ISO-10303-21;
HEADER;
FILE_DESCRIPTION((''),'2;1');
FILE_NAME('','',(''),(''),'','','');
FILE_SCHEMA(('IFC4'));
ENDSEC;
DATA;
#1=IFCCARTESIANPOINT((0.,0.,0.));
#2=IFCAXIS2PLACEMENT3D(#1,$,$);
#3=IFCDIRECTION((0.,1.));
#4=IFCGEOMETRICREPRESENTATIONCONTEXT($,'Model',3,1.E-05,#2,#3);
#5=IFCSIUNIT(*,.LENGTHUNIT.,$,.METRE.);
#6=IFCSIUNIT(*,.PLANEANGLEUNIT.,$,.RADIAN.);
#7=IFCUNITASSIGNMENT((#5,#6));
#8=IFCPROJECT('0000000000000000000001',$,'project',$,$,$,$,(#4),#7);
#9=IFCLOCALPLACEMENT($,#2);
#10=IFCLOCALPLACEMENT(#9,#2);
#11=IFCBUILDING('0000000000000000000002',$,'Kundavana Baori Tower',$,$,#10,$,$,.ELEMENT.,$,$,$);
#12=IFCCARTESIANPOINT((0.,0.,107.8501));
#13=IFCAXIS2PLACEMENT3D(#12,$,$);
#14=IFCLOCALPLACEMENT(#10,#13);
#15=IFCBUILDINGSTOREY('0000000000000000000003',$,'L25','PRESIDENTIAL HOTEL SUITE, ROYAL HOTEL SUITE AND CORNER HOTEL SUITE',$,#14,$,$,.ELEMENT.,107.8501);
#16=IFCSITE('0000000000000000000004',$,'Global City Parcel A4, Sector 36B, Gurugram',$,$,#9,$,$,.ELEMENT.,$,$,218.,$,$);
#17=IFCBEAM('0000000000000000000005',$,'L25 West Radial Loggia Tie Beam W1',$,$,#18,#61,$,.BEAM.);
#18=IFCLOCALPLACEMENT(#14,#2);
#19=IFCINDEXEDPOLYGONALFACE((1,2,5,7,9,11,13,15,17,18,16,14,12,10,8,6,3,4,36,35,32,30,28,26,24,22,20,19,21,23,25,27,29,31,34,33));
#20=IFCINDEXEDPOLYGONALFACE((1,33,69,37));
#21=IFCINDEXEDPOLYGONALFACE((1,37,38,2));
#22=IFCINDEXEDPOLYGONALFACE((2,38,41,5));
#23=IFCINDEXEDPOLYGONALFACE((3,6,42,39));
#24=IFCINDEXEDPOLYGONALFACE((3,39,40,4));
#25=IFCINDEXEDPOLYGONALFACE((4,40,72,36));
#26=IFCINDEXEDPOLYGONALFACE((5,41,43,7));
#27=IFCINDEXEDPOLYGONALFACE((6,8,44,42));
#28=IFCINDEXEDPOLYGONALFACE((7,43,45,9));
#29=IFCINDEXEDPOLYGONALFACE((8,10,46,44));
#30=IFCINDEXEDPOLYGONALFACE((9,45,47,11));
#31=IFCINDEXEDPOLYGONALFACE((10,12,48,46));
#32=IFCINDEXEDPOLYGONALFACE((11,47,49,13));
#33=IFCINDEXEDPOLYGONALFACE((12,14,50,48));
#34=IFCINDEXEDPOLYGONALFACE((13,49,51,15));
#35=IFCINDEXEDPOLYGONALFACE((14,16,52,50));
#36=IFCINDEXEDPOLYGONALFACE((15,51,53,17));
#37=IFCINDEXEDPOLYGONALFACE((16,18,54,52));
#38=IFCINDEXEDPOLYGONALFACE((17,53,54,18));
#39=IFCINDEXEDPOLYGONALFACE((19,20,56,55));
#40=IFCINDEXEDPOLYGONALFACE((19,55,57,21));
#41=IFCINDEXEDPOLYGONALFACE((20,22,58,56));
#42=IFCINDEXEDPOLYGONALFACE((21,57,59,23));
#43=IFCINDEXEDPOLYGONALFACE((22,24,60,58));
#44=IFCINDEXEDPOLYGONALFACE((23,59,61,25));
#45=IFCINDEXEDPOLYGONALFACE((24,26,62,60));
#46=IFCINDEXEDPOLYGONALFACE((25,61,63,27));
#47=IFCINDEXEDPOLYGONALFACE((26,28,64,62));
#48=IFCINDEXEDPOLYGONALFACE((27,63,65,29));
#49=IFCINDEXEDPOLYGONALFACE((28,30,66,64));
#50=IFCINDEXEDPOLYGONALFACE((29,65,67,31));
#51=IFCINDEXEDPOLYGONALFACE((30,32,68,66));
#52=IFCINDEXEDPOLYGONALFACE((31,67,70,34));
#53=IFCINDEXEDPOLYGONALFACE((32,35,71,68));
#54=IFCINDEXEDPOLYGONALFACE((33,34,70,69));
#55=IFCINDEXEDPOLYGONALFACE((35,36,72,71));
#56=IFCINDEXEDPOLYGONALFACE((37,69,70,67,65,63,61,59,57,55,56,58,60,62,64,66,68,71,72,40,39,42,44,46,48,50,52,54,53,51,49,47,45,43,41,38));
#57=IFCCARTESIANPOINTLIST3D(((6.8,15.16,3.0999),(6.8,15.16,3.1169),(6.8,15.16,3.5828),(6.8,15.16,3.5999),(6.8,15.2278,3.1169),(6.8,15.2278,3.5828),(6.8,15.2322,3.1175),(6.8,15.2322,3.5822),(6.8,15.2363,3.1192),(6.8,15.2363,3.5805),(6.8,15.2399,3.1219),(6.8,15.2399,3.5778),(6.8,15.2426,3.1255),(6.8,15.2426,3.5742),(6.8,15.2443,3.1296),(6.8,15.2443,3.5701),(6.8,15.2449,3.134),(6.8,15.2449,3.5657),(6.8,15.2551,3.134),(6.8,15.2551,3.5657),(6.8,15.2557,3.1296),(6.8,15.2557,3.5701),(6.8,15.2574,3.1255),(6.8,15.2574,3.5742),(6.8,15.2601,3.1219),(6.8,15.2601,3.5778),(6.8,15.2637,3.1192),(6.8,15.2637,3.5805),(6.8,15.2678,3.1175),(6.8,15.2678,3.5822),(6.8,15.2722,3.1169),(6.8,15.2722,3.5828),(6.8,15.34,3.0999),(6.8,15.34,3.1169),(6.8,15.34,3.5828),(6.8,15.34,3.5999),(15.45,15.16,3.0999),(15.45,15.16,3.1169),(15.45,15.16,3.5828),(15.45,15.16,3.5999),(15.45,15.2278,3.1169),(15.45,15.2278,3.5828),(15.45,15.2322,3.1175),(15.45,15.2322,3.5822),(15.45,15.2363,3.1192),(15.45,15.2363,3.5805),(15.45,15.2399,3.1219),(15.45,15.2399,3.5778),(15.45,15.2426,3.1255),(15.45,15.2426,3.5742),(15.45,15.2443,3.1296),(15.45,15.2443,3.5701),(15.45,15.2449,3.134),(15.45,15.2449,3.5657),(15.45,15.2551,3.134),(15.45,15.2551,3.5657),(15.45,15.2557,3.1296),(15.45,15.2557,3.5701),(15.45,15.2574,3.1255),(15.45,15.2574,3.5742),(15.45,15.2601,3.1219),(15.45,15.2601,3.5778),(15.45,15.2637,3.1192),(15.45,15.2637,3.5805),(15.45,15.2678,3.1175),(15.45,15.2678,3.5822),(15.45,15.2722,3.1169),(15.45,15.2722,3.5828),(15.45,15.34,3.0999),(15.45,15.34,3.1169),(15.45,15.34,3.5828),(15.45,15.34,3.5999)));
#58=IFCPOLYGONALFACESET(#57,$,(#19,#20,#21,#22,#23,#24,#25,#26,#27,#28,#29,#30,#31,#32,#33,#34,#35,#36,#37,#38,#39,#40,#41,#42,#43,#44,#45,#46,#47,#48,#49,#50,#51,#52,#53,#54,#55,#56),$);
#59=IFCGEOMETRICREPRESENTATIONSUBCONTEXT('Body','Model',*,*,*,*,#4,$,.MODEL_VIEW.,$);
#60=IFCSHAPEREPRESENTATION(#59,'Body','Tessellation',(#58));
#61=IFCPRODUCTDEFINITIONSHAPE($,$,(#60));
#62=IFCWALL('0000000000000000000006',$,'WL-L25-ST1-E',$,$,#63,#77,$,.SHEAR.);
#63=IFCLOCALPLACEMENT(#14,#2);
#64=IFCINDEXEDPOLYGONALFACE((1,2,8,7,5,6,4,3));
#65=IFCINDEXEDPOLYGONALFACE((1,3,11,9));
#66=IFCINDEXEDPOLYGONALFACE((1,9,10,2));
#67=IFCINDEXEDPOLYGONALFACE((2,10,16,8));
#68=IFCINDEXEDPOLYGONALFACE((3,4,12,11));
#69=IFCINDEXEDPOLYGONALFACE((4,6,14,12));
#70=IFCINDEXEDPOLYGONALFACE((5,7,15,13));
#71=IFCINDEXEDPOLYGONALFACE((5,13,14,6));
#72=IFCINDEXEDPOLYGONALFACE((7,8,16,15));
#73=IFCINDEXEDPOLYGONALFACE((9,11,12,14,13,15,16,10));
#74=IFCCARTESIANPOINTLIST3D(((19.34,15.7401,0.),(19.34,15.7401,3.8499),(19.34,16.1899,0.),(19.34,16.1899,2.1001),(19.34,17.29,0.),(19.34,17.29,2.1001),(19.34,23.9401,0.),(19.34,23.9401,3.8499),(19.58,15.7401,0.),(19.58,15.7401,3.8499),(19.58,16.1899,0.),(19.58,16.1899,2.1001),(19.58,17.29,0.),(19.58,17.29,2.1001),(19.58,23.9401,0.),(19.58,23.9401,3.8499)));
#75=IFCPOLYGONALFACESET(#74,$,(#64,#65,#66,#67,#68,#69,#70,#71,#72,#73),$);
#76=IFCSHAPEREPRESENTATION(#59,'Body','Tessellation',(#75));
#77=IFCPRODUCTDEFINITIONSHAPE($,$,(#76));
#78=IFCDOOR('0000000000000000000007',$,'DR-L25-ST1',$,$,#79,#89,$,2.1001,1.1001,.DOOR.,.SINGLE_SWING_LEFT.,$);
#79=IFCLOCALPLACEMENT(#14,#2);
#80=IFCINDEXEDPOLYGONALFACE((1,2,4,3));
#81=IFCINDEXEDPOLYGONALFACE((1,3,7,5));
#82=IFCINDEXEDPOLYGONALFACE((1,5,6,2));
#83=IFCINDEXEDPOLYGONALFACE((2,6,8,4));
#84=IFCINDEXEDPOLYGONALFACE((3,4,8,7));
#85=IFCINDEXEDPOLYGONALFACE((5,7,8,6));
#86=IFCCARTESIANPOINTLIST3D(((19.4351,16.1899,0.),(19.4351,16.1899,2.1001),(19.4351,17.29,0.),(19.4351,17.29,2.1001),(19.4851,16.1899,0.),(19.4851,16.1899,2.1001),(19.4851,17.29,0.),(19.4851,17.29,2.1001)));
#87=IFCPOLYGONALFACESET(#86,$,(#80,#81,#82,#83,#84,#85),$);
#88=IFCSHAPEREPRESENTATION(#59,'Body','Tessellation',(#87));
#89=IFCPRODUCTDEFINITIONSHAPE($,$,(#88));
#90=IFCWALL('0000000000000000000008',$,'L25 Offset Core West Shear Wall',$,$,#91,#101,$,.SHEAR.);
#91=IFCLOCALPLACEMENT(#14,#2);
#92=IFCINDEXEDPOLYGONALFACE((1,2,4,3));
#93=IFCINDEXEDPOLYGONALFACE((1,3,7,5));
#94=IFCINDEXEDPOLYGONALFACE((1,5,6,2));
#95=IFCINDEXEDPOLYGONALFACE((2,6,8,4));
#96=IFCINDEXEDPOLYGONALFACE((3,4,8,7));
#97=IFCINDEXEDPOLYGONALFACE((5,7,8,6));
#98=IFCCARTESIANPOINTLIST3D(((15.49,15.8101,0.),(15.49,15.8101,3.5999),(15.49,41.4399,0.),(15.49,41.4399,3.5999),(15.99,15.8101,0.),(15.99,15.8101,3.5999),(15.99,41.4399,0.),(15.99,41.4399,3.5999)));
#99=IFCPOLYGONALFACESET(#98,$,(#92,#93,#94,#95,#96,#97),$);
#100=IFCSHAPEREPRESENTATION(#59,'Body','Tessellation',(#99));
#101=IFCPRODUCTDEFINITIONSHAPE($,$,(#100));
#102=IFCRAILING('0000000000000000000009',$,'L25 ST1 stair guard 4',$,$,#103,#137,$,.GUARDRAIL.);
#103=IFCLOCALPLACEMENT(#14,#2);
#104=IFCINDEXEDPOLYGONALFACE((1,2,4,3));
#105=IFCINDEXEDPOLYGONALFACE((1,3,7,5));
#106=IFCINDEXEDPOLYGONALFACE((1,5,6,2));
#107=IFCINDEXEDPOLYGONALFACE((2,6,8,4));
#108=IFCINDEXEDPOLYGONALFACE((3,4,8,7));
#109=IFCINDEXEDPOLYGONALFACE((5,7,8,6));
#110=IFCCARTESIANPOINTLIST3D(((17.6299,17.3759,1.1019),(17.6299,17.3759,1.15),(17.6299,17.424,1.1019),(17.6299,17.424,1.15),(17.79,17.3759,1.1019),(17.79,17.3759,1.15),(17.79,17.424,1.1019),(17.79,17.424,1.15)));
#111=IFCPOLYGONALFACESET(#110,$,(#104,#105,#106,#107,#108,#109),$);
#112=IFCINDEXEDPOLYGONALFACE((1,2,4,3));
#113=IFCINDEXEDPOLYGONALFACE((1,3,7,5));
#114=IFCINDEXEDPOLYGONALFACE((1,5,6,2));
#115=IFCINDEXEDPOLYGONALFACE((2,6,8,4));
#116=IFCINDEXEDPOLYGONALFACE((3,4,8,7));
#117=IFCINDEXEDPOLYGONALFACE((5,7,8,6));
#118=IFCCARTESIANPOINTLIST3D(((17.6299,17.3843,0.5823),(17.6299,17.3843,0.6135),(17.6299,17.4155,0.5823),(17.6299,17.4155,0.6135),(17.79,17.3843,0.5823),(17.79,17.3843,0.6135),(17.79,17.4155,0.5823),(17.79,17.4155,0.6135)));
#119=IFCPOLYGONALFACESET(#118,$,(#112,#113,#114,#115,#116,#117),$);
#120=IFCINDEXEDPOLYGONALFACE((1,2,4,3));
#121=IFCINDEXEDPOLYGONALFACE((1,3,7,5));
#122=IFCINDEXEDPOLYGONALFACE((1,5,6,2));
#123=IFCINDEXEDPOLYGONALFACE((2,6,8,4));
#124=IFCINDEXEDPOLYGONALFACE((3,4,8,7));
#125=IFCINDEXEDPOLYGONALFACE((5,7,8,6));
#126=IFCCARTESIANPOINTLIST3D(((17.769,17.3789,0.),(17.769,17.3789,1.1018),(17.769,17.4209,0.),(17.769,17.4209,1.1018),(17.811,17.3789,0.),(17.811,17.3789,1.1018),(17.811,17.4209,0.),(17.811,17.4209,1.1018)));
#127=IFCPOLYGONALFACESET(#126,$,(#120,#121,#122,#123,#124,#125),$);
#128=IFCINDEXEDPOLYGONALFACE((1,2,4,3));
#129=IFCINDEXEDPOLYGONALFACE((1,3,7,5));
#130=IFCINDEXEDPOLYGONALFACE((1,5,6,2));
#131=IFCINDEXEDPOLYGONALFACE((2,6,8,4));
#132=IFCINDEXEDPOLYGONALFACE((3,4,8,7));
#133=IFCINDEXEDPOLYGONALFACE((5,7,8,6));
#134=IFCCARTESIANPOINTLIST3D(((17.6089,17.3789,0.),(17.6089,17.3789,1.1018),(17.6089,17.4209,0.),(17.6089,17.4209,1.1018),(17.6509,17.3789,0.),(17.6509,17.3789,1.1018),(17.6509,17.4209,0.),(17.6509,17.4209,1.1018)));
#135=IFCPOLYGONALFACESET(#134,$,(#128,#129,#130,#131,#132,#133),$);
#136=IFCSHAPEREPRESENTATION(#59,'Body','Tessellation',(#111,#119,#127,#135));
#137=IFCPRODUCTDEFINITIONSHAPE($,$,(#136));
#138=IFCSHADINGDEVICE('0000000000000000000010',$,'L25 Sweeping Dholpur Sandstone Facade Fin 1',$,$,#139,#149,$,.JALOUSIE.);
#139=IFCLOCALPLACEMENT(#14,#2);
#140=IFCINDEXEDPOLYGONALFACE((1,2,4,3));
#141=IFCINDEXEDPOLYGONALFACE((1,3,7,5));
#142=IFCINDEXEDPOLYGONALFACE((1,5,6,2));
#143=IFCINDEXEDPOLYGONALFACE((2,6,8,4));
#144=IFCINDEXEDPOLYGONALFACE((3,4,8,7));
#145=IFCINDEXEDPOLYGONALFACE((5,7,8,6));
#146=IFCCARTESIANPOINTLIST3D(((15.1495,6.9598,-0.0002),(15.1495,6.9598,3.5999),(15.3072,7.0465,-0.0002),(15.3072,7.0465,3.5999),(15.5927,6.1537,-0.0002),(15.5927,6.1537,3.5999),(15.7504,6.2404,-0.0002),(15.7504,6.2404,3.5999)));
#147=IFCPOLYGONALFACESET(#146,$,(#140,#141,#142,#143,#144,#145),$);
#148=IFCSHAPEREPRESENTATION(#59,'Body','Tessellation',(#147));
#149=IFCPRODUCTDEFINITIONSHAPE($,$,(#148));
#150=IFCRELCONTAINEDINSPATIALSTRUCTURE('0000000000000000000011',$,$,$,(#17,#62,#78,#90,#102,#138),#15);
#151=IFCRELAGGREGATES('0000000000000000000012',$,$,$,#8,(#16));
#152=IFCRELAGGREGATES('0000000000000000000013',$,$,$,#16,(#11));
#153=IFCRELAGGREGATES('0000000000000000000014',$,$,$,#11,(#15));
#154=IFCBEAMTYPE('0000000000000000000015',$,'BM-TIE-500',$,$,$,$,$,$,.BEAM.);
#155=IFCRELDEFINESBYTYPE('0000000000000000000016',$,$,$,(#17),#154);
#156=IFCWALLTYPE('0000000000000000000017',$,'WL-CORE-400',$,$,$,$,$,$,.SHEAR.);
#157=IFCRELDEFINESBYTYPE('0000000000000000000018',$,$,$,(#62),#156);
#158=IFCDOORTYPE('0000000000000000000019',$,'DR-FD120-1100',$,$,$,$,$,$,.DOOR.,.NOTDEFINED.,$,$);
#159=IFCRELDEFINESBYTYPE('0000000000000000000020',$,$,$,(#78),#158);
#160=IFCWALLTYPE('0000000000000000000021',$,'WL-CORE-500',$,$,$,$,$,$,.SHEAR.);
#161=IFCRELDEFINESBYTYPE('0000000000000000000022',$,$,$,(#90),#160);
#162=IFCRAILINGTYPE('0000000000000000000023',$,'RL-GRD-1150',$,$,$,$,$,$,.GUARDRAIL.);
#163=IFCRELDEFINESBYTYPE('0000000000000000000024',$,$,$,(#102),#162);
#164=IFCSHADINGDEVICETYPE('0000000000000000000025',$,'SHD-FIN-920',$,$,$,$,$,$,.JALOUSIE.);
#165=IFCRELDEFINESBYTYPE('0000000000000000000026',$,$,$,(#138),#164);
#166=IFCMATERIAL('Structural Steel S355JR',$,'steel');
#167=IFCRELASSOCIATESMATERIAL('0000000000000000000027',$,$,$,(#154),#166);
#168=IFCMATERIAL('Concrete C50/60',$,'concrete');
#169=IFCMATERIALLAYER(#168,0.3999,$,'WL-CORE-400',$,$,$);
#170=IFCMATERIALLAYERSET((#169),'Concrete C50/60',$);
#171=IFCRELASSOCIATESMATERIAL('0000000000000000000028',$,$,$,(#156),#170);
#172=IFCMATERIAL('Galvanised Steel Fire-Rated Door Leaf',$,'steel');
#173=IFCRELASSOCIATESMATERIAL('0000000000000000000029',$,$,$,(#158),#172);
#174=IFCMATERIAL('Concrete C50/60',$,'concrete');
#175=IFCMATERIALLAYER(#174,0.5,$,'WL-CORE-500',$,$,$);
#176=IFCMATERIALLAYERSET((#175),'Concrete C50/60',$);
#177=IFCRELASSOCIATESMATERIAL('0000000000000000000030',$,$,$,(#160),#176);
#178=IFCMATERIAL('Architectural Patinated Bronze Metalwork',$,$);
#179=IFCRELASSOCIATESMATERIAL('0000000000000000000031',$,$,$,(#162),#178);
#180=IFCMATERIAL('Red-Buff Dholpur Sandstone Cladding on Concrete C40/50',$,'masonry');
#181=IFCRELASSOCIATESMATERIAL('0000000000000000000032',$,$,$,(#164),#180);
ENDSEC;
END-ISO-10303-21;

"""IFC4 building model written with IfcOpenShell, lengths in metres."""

from ifc_helpers import new_model, si_unit, direction, frame, frame_2d, origin, origin_2d, place, context, subcontext, project, spatial, rectangle, i_section, extrude, material, layer, layer_set, material_profile, profile_set, type_object, element, fill, save


model = new_model("IFC4")

# Units and contexts
model_context = context("Model", 3, precision=1e-05, world=origin(), true_north=direction((0.0, 1.0)))
body_context = subcontext(model_context, "Body", "Model", "MODEL_VIEW")
ifc_project = project(units=[si_unit("LENGTHUNIT", "METRE"), si_unit("PLANEANGLEUNIT", "RADIAN")], contexts=[model_context])

# Site, building, storey
site_placement = place(None, origin())
site = spatial("IfcSite", under=ifc_project, at=site_placement, Name="Global City Parcel A4, Sector 36B, Gurugram", CompositionType="ELEMENT", RefElevation=218.0)
building_placement = place(site_placement, origin())
building = spatial("IfcBuilding", under=site, at=building_placement, Name="Kundavana Baori Tower", CompositionType="ELEMENT")
storey_placement = place(building_placement, frame((0.0, 0.0, 107.8501)))
storey = spatial("IfcBuildingStorey", under=building, at=storey_placement, Name="L25", Description="PRESIDENTIAL HOTEL SUITE, ROYAL HOTEL SUITE AND CORNER HOTEL SUITE", CompositionType="ELEMENT", Elevation=107.8501)

# Beam
ifc_material_1 = material(Name="Structural Steel S355JR", Category="steel")
ifc_material_profile_1 = material_profile(ifc_material_1, i_section(OverallWidth=0.1799, OverallDepth=0.5, WebThickness=0.0103, FlangeThickness=0.0171, FilletRadius=0.0171, at=origin_2d()), Name="ISMB 500")
ifc_profile_set_1 = profile_set([ifc_material_profile_1], Name="Structural Steel S355JR")
beam_type_1 = type_object("IfcBeamType", Name="BM-TIE-500", PredefinedType="BEAM", material=ifc_profile_set_1)
for number, where, z_axis, x_axis, name in (
    (1, (15.45, 15.25, 3.3499), (-1.0, 0.0, 0.0), (0.0, -1.0, 0.0), "L25 West Radial Loggia Tie Beam W1"),
):
    element("IfcBeam", number, at=place(storey_placement, frame(where, z_axis=z_axis, x_axis=x_axis)), inside=storey, type_object=beam_type_1, Name=name, PredefinedType="BEAM", context=body_context, shape_type="SweptSolid", body=[
        extrude(i_section(OverallWidth=0.1799, OverallDepth=0.5, WebThickness=0.0103, FlangeThickness=0.0171, FilletRadius=0.0171, at=origin_2d()), origin(), (0.0, 0.0, 1.0), 8.6499),
    ])

# Wall, opening, door
ifc_material_2 = material(Name="Concrete C50/60", Category="concrete")
ifc_layer_1 = layer(ifc_material_2, 0.3999, Name="WL-CORE-400")
ifc_layer_set_1 = layer_set([ifc_layer_1], Name="Concrete C50/60")
wall_type_1 = type_object("IfcWallType", Name="WL-CORE-400", PredefinedType="SHEAR", material=ifc_layer_set_1)
wall_1_placement = place(storey_placement, frame((19.46, 15.74, 0.0), z_axis=(0.0, 0.0, 1.0), x_axis=(0.0, 1.0, 0.0)))
wall_1 = element("IfcWall", 2, at=wall_1_placement, inside=storey, type_object=wall_type_1, Name="WL-L25-ST1-E", PredefinedType="SHEAR", context=body_context, shape_type="SweptSolid", body=[
    extrude(rectangle(XDim=8.2, YDim=0.24, at=frame_2d((4.1001, 0.0))), origin(), (0.0, 0.0, 1.0), 3.8499),
])
opening_1_placement = place(wall_1_placement, frame((0.45, 0.0, 0.0)))
opening_1 = element("IfcOpeningElement", 3, at=opening_1_placement, cuts=wall_1, PredefinedType="OPENING", context=body_context, shape_type="SweptSolid", body=[
    extrude(rectangle(XDim=1.1001, YDim=2.1001, at=frame_2d((0.55, 1.05))), frame((0.0, 0.1299, 0.0), z_axis=(0.0, -1.0, 0.0), x_axis=(1.0, 0.0, 0.0)), (0.0, 0.0, 1.0), 0.26),
])
ifc_material_3 = material(Name="Galvanised Steel Fire-Rated Door Leaf", Category="steel")
door_type_1 = type_object("IfcDoorType", Name="DR-FD120-1100", OperationType="NOTDEFINED", PredefinedType="DOOR", material=ifc_material_3)
door_1_placement = place(opening_1_placement, origin())
door_1 = element("IfcDoor", 4, at=door_1_placement, inside=storey, type_object=door_type_1, Name="DR-L25-ST1", OperationType="SINGLE_SWING_LEFT", OverallHeight=2.1001, OverallWidth=1.1001, PredefinedType="DOOR", context=body_context, shape_type="SweptSolid", body=[
    extrude(rectangle(XDim=1.1001, YDim=2.1001, at=frame_2d((0.55, 1.05))), frame((0.0, 0.0249, 0.0), z_axis=(0.0, -1.0, 0.0), x_axis=(1.0, 0.0, 0.0)), (0.0, 0.0, 1.0), 0.05),
])
fill(opening_1, door_1)

# Wall
ifc_material_4 = material(Name="Concrete C50/60", Category="concrete")
ifc_layer_2 = layer(ifc_material_4, 0.5, Name="WL-CORE-500")
ifc_layer_set_2 = layer_set([ifc_layer_2], Name="Concrete C50/60")
wall_type_2 = type_object("IfcWallType", Name="WL-CORE-500", PredefinedType="SHEAR", material=ifc_layer_set_2)
wall_2_placement = place(storey_placement, frame((15.74, 15.8101, 0.0), z_axis=(0.0, 0.0, 1.0), x_axis=(0.0, 1.0, 0.0)))
element("IfcWall", 5, at=wall_2_placement, inside=storey, type_object=wall_type_2, Name="L25 Offset Core West Shear Wall", PredefinedType="SHEAR", context=body_context, shape_type="SweptSolid", body=[
    extrude(rectangle(XDim=25.6299, YDim=0.5, at=frame_2d((12.8149, 0.0))), origin(), (0.0, 0.0, 1.0), 3.5999),
])

# Railing
ifc_material_5 = material(Name="Architectural Patinated Bronze Metalwork")
railing_type = type_object("IfcRailingType", Name="RL-GRD-1150", PredefinedType="GUARDRAIL", material=ifc_material_5)
railing_placement = place(storey_placement, frame((17.79, 17.3999, 0.0)))
element("IfcRailing", 6, at=railing_placement, inside=storey, type_object=railing_type, Name="L25 ST1 stair guard 4", PredefinedType="GUARDRAIL", context=body_context, shape_type="SweptSolid", body=[
    extrude(rectangle(XDim=0.0481, YDim=0.0481, at=origin_2d()), frame((0.0, 0.0, 1.126), z_axis=(-1.0, 0.0, 0.0), x_axis=(0.0, -1.0, 0.0)), (0.0, 0.0, 1.0), 0.1602),
    extrude(rectangle(XDim=0.0312, YDim=0.0312, at=origin_2d()), frame((0.0, 0.0, 0.5979), z_axis=(-1.0, 0.0, 0.0), x_axis=(0.0, -1.0, 0.0)), (0.0, 0.0, 1.0), 0.1602),
    extrude(rectangle(XDim=0.042, YDim=0.042, at=origin_2d()), origin(), (0.0, 0.0, 1.0), 1.1018),
    extrude(rectangle(XDim=0.042, YDim=0.042, at=origin_2d()), frame((-0.1602, 0.0, 0.0)), (0.0, 0.0, 1.0), 1.1018),
])

# Shading device
ifc_material_6 = material(Name="Red-Buff Dholpur Sandstone Cladding on Concrete C40/50", Category="masonry")
shading_device_type = type_object("IfcShadingDeviceType", Name="SHD-FIN-920", PredefinedType="JALOUSIE", material=ifc_material_6)
shading_device_placement = place(storey_placement, frame((15.45, 6.6001, -0.0002), z_axis=(0.0, 0.0, 1.0), x_axis=(0.876307, 0.481754, 0.0)))
element("IfcShadingDevice", 7, at=shading_device_placement, inside=storey, type_object=shading_device_type, Name="L25 Sweeping Dholpur Sandstone Facade Fin 1", PredefinedType="JALOUSIE", context=body_context, shape_type="SweptSolid", body=[
    extrude(rectangle(XDim=0.1799, YDim=0.9199, at=origin_2d()), origin(), (0.0, 0.0, 1.0), 3.6001),
])

save(model, "model.ifc")
